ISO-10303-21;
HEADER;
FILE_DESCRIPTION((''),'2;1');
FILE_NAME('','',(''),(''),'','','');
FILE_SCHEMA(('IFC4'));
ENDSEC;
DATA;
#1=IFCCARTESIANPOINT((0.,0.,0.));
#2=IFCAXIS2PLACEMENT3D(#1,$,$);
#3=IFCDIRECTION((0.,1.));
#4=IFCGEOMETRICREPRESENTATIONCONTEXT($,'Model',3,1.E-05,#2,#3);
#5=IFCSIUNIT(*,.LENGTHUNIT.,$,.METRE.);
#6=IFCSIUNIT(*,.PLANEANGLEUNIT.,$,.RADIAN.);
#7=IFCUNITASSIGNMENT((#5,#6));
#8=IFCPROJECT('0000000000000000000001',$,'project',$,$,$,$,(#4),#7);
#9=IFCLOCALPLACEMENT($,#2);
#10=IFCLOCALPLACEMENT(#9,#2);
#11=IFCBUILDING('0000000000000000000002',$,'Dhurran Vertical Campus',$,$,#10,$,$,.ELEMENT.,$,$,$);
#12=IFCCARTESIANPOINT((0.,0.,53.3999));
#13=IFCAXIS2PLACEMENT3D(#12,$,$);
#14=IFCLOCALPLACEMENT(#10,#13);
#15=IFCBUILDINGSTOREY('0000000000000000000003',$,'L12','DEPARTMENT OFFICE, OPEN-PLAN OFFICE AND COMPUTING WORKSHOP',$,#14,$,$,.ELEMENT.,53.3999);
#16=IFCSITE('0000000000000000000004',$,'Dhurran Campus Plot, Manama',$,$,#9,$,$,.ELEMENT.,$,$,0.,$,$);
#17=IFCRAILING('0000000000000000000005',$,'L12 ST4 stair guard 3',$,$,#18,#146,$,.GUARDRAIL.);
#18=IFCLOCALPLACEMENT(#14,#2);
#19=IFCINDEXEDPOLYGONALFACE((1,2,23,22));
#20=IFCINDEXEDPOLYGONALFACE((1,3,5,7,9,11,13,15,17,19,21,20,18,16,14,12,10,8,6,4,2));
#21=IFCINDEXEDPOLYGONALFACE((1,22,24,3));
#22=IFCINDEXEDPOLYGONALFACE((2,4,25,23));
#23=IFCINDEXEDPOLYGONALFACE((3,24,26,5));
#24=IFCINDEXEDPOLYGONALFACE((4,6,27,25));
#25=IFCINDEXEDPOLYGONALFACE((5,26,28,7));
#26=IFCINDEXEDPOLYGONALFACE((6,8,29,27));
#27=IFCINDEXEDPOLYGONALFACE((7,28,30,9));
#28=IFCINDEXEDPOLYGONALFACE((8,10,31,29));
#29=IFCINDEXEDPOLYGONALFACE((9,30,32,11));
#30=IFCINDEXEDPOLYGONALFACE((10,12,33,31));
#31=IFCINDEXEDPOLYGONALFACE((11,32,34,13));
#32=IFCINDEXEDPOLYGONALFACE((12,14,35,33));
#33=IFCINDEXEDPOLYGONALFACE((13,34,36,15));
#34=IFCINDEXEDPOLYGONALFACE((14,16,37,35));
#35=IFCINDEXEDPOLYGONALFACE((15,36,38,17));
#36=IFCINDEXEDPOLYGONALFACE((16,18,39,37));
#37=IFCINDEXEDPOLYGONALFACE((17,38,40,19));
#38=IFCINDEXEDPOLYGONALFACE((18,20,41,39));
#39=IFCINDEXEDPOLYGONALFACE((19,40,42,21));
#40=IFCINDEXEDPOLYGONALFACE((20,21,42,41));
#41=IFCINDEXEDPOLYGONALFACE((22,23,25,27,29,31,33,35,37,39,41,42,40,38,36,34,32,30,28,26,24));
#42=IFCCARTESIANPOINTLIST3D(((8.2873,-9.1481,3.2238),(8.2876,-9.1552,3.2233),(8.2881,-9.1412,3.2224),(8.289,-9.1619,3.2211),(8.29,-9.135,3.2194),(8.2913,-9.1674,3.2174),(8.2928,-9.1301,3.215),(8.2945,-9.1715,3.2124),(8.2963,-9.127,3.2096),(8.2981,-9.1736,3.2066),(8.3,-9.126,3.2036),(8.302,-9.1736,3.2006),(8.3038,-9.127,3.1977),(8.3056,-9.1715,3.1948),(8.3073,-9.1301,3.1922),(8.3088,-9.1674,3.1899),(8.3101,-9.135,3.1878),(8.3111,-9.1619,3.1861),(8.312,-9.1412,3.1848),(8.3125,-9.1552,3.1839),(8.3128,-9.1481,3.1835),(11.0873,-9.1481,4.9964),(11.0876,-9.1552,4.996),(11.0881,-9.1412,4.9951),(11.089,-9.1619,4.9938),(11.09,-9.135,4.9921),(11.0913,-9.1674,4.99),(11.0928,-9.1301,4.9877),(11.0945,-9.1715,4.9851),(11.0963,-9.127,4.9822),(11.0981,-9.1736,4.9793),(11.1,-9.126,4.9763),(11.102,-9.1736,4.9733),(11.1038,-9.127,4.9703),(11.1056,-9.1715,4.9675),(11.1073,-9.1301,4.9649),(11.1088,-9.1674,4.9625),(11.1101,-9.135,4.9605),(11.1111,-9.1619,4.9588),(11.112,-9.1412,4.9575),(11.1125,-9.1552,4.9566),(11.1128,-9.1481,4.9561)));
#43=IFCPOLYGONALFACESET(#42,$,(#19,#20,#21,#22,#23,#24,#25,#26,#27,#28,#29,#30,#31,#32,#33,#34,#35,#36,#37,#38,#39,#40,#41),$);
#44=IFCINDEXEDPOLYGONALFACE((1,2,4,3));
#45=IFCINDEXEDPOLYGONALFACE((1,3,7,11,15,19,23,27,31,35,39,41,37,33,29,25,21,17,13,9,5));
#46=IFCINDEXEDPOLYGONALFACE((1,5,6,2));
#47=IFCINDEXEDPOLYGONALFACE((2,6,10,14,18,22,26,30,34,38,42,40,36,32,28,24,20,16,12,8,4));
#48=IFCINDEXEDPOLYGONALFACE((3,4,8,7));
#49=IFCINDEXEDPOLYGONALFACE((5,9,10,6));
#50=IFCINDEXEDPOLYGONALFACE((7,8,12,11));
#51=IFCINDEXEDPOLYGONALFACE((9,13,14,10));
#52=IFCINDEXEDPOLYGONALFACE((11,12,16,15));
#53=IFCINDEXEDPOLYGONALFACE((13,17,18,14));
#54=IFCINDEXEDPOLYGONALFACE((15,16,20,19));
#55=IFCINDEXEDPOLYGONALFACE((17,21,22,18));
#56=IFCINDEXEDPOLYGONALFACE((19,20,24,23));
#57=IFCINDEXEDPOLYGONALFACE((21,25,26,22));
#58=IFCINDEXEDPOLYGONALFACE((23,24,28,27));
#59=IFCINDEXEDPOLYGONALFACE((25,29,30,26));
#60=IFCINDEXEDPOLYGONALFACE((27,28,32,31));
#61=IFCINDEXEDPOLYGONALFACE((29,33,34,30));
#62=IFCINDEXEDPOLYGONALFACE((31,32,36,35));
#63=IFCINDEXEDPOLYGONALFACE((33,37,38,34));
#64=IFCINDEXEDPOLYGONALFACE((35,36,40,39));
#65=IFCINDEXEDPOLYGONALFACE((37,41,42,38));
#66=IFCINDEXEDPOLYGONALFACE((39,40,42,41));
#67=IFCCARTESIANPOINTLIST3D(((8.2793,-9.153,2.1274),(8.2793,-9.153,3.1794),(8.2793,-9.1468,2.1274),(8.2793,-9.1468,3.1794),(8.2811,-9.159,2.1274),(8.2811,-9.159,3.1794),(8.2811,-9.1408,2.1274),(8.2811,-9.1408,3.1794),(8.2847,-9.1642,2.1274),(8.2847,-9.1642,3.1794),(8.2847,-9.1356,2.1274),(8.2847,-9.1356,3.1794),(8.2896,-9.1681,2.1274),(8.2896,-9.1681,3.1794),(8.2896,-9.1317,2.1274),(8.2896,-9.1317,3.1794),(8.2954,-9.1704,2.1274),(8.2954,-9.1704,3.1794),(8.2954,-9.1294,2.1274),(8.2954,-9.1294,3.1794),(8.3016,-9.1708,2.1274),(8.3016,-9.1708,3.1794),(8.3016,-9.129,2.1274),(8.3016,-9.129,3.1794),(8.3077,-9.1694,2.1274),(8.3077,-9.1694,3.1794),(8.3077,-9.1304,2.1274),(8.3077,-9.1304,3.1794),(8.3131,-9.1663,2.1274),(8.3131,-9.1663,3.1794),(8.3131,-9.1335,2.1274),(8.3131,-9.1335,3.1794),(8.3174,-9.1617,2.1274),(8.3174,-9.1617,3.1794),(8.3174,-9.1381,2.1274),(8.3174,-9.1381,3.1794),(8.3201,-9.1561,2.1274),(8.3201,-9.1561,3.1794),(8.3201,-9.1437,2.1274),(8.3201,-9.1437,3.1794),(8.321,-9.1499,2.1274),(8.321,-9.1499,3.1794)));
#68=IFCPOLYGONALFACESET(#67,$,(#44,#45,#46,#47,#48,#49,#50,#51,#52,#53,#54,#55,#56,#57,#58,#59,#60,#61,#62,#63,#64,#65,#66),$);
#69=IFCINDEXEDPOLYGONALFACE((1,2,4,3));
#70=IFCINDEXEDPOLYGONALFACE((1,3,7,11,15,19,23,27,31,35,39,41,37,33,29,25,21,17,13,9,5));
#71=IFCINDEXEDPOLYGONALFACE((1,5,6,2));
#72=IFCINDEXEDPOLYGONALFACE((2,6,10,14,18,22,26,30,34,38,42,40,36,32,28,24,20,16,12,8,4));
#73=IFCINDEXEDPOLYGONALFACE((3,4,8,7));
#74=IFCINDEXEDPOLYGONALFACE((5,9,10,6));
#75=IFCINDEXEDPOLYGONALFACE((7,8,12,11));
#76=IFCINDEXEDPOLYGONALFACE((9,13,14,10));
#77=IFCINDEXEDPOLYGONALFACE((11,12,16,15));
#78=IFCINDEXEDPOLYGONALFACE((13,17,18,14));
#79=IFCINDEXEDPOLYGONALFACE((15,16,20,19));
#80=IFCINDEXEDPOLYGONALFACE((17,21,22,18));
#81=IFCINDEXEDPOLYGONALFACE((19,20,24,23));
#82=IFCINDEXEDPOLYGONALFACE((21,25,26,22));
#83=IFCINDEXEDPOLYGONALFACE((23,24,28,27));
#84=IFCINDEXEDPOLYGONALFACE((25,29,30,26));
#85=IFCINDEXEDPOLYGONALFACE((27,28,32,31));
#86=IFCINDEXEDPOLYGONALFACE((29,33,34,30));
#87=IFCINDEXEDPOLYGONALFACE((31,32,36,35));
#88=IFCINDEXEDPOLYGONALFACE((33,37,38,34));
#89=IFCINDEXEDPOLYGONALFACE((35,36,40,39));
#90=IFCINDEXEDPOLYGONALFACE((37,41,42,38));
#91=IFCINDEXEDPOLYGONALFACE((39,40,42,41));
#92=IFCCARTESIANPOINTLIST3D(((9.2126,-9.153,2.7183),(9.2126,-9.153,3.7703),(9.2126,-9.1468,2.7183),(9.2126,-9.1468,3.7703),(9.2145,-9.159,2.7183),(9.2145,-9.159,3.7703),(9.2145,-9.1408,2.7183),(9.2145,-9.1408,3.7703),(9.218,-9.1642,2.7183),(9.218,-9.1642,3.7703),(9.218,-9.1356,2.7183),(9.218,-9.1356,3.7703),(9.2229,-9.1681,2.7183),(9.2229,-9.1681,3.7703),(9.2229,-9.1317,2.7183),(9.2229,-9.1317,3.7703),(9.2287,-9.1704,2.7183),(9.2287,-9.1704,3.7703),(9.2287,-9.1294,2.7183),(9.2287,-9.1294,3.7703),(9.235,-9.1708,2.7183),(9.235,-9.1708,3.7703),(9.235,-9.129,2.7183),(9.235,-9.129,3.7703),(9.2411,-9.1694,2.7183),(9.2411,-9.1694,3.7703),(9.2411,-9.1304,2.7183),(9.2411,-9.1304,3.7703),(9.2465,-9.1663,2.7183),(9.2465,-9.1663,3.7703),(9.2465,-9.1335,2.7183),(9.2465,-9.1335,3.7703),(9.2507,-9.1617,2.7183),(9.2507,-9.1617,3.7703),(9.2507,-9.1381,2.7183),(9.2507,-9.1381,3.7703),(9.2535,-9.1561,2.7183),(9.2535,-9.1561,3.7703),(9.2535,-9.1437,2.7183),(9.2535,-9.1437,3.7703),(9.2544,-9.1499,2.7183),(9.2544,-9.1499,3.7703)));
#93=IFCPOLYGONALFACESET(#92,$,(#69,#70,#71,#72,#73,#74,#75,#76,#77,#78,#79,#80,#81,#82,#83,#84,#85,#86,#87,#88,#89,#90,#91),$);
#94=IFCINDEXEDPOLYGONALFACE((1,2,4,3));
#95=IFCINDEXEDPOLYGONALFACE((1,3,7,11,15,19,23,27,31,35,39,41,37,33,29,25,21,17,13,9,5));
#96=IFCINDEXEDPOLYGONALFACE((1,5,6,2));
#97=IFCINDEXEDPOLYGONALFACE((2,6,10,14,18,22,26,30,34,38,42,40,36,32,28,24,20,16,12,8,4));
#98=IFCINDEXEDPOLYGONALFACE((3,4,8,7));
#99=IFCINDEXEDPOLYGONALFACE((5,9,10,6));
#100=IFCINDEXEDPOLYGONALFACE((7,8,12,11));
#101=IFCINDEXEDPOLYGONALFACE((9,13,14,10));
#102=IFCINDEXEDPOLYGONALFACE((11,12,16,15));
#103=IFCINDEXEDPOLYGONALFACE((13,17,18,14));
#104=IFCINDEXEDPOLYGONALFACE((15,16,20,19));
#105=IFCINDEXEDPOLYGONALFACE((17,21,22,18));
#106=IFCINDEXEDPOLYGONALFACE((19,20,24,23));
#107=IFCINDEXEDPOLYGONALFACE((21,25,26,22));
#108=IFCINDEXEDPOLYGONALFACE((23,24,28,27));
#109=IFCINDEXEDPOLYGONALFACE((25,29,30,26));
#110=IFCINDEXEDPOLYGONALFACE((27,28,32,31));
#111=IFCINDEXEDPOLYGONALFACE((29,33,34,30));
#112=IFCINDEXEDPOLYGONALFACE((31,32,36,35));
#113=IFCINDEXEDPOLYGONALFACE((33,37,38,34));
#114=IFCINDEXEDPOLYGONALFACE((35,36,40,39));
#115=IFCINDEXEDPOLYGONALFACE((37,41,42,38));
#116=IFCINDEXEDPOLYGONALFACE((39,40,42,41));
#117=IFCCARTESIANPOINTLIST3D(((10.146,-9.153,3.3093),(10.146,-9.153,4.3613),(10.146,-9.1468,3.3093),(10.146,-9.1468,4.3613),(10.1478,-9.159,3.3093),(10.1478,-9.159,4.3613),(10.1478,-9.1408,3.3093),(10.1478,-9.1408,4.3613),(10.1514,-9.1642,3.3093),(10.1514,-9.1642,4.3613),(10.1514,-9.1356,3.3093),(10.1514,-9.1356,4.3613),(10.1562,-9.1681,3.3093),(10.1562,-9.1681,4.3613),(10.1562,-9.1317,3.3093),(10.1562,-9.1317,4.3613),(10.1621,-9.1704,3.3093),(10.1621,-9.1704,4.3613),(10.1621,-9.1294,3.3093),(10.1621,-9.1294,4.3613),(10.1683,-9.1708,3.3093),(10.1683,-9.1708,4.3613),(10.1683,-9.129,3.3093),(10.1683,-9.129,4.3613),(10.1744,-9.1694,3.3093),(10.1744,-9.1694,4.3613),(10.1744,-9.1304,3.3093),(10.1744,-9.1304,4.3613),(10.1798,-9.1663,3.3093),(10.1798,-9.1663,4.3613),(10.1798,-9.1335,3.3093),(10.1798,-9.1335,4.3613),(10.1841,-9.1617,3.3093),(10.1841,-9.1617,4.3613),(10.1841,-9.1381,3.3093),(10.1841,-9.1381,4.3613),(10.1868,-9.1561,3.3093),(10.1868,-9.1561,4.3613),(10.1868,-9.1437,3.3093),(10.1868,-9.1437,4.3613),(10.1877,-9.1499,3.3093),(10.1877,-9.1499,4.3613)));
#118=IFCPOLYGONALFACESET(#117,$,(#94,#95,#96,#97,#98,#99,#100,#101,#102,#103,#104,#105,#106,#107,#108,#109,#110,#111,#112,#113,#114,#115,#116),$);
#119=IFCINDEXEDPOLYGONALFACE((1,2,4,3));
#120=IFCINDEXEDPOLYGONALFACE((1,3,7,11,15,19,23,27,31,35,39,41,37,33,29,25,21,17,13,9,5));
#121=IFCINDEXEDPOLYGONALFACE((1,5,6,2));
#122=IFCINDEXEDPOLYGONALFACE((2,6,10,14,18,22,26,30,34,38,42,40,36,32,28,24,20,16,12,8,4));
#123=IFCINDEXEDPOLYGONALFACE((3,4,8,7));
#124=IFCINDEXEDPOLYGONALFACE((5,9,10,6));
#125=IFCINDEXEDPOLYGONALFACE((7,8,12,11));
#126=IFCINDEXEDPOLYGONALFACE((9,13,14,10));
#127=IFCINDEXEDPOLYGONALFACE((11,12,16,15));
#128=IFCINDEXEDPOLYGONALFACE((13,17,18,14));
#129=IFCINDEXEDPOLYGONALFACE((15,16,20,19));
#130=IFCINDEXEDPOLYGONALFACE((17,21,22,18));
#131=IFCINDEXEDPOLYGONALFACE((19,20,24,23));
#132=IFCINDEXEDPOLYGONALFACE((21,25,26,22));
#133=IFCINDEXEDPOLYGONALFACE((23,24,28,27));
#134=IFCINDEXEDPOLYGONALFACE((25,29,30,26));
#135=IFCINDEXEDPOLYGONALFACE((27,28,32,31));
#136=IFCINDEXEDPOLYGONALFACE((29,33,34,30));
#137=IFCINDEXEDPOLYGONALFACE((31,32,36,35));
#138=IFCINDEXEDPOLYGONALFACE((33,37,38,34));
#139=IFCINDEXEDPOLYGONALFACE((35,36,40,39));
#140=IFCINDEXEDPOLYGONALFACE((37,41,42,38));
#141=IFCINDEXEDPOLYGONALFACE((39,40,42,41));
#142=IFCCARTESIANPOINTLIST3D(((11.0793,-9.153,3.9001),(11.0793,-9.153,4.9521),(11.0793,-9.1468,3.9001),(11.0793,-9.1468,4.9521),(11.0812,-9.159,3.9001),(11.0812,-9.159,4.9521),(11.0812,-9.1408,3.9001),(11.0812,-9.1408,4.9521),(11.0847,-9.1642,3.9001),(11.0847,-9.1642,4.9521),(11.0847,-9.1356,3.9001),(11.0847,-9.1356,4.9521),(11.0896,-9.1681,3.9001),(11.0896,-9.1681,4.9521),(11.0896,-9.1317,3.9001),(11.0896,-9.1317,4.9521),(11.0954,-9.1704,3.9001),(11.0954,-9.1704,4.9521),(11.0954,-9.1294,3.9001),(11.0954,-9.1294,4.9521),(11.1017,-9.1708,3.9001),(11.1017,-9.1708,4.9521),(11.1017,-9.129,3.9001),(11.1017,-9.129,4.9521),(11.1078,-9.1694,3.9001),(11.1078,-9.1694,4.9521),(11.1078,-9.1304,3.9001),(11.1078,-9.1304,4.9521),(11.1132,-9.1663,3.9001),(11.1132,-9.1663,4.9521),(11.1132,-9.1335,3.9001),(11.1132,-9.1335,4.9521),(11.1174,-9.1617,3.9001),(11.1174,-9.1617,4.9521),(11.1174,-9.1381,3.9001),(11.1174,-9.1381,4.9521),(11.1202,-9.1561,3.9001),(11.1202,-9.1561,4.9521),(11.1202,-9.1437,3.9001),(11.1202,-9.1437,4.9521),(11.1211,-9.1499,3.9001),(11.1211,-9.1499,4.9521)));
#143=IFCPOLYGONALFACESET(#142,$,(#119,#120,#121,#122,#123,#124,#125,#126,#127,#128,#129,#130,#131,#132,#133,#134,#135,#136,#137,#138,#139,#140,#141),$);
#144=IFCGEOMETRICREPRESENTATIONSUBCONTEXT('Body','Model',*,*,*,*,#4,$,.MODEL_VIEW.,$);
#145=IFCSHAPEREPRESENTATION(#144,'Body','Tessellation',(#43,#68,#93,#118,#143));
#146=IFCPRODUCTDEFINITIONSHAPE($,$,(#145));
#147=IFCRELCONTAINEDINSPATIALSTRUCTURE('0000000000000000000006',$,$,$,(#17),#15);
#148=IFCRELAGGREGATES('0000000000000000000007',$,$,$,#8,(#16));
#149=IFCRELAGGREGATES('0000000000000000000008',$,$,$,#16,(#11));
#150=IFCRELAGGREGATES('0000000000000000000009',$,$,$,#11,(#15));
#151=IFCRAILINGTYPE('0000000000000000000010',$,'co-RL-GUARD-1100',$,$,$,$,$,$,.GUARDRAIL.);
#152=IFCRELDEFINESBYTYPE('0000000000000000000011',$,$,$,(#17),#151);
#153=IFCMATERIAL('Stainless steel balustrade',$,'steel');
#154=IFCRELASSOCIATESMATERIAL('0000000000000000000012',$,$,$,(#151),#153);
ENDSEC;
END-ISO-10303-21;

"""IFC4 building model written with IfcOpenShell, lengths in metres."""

from ifc_helpers import new_model, si_unit, direction, frame, origin, origin_2d, place, context, subcontext, project, spatial, circle, extrude, material, type_object, element, save


model = new_model("IFC4")

# Units and contexts
model_context = context("Model", 3, precision=1e-05, world=origin(), true_north=direction((0.0, 1.0)))
body_context = subcontext(model_context, "Body", "Model", "MODEL_VIEW")
ifc_project = project(units=[si_unit("LENGTHUNIT", "METRE"), si_unit("PLANEANGLEUNIT", "RADIAN")], contexts=[model_context])

# Site, building, storey
site_placement = place(None, origin())
site = spatial("IfcSite", under=ifc_project, at=site_placement, Name="Dhurran Campus Plot, Manama", CompositionType="ELEMENT", RefElevation=0.0)
building_placement = place(site_placement, origin())
building = spatial("IfcBuilding", under=site, at=building_placement, Name="Dhurran Vertical Campus", CompositionType="ELEMENT")
storey_placement = place(building_placement, frame((0.0, 0.0, 53.3999)))
storey = spatial("IfcBuildingStorey", under=building, at=storey_placement, Name="L12", Description="DEPARTMENT OFFICE, OPEN-PLAN OFFICE AND COMPUTING WORKSHOP", CompositionType="ELEMENT", Elevation=53.3999)

# Railing
ifc_material_1 = material(Name="Stainless steel balustrade", Category="steel")
railing_type_1 = type_object("IfcRailingType", Name="co-RL-GUARD-1100", PredefinedType="GUARDRAIL", material=ifc_material_1)
railing_1_placement = place(storey_placement, frame((8.3, -9.1499, 2.1274)))
element("IfcRailing", 1, at=railing_1_placement, inside=storey, type_object=railing_type_1, Name="L12 ST4 stair guard 3", PredefinedType="GUARDRAIL", context=body_context, shape_type="SweptSolid", body=[
    extrude(circle(Radius=0.0239, at=origin_2d()), frame((0.0, 0.0, 1.0762), z_axis=(0.844909, 0.0, 0.53491), x_axis=(0.0, 1.0, 0.0)), (0.0, 0.0, 1.0), 3.314),
    extrude(circle(Radius=0.021, at=origin_2d()), origin(), (0.0, 0.0, 1.0), 1.052),
    extrude(circle(Radius=0.021, at=origin_2d()), frame((0.9333, 0.0, 0.5908)), (0.0, 0.0, 1.0), 1.052),
    extrude(circle(Radius=0.021, at=origin_2d()), frame((1.8667, 0.0, 1.1819)), (0.0, 0.0, 1.0), 1.052),
    extrude(circle(Radius=0.021, at=origin_2d()), frame((2.8, 0.0, 1.7727)), (0.0, 0.0, 1.0), 1.052),
])

save(model, "model.ifc")
